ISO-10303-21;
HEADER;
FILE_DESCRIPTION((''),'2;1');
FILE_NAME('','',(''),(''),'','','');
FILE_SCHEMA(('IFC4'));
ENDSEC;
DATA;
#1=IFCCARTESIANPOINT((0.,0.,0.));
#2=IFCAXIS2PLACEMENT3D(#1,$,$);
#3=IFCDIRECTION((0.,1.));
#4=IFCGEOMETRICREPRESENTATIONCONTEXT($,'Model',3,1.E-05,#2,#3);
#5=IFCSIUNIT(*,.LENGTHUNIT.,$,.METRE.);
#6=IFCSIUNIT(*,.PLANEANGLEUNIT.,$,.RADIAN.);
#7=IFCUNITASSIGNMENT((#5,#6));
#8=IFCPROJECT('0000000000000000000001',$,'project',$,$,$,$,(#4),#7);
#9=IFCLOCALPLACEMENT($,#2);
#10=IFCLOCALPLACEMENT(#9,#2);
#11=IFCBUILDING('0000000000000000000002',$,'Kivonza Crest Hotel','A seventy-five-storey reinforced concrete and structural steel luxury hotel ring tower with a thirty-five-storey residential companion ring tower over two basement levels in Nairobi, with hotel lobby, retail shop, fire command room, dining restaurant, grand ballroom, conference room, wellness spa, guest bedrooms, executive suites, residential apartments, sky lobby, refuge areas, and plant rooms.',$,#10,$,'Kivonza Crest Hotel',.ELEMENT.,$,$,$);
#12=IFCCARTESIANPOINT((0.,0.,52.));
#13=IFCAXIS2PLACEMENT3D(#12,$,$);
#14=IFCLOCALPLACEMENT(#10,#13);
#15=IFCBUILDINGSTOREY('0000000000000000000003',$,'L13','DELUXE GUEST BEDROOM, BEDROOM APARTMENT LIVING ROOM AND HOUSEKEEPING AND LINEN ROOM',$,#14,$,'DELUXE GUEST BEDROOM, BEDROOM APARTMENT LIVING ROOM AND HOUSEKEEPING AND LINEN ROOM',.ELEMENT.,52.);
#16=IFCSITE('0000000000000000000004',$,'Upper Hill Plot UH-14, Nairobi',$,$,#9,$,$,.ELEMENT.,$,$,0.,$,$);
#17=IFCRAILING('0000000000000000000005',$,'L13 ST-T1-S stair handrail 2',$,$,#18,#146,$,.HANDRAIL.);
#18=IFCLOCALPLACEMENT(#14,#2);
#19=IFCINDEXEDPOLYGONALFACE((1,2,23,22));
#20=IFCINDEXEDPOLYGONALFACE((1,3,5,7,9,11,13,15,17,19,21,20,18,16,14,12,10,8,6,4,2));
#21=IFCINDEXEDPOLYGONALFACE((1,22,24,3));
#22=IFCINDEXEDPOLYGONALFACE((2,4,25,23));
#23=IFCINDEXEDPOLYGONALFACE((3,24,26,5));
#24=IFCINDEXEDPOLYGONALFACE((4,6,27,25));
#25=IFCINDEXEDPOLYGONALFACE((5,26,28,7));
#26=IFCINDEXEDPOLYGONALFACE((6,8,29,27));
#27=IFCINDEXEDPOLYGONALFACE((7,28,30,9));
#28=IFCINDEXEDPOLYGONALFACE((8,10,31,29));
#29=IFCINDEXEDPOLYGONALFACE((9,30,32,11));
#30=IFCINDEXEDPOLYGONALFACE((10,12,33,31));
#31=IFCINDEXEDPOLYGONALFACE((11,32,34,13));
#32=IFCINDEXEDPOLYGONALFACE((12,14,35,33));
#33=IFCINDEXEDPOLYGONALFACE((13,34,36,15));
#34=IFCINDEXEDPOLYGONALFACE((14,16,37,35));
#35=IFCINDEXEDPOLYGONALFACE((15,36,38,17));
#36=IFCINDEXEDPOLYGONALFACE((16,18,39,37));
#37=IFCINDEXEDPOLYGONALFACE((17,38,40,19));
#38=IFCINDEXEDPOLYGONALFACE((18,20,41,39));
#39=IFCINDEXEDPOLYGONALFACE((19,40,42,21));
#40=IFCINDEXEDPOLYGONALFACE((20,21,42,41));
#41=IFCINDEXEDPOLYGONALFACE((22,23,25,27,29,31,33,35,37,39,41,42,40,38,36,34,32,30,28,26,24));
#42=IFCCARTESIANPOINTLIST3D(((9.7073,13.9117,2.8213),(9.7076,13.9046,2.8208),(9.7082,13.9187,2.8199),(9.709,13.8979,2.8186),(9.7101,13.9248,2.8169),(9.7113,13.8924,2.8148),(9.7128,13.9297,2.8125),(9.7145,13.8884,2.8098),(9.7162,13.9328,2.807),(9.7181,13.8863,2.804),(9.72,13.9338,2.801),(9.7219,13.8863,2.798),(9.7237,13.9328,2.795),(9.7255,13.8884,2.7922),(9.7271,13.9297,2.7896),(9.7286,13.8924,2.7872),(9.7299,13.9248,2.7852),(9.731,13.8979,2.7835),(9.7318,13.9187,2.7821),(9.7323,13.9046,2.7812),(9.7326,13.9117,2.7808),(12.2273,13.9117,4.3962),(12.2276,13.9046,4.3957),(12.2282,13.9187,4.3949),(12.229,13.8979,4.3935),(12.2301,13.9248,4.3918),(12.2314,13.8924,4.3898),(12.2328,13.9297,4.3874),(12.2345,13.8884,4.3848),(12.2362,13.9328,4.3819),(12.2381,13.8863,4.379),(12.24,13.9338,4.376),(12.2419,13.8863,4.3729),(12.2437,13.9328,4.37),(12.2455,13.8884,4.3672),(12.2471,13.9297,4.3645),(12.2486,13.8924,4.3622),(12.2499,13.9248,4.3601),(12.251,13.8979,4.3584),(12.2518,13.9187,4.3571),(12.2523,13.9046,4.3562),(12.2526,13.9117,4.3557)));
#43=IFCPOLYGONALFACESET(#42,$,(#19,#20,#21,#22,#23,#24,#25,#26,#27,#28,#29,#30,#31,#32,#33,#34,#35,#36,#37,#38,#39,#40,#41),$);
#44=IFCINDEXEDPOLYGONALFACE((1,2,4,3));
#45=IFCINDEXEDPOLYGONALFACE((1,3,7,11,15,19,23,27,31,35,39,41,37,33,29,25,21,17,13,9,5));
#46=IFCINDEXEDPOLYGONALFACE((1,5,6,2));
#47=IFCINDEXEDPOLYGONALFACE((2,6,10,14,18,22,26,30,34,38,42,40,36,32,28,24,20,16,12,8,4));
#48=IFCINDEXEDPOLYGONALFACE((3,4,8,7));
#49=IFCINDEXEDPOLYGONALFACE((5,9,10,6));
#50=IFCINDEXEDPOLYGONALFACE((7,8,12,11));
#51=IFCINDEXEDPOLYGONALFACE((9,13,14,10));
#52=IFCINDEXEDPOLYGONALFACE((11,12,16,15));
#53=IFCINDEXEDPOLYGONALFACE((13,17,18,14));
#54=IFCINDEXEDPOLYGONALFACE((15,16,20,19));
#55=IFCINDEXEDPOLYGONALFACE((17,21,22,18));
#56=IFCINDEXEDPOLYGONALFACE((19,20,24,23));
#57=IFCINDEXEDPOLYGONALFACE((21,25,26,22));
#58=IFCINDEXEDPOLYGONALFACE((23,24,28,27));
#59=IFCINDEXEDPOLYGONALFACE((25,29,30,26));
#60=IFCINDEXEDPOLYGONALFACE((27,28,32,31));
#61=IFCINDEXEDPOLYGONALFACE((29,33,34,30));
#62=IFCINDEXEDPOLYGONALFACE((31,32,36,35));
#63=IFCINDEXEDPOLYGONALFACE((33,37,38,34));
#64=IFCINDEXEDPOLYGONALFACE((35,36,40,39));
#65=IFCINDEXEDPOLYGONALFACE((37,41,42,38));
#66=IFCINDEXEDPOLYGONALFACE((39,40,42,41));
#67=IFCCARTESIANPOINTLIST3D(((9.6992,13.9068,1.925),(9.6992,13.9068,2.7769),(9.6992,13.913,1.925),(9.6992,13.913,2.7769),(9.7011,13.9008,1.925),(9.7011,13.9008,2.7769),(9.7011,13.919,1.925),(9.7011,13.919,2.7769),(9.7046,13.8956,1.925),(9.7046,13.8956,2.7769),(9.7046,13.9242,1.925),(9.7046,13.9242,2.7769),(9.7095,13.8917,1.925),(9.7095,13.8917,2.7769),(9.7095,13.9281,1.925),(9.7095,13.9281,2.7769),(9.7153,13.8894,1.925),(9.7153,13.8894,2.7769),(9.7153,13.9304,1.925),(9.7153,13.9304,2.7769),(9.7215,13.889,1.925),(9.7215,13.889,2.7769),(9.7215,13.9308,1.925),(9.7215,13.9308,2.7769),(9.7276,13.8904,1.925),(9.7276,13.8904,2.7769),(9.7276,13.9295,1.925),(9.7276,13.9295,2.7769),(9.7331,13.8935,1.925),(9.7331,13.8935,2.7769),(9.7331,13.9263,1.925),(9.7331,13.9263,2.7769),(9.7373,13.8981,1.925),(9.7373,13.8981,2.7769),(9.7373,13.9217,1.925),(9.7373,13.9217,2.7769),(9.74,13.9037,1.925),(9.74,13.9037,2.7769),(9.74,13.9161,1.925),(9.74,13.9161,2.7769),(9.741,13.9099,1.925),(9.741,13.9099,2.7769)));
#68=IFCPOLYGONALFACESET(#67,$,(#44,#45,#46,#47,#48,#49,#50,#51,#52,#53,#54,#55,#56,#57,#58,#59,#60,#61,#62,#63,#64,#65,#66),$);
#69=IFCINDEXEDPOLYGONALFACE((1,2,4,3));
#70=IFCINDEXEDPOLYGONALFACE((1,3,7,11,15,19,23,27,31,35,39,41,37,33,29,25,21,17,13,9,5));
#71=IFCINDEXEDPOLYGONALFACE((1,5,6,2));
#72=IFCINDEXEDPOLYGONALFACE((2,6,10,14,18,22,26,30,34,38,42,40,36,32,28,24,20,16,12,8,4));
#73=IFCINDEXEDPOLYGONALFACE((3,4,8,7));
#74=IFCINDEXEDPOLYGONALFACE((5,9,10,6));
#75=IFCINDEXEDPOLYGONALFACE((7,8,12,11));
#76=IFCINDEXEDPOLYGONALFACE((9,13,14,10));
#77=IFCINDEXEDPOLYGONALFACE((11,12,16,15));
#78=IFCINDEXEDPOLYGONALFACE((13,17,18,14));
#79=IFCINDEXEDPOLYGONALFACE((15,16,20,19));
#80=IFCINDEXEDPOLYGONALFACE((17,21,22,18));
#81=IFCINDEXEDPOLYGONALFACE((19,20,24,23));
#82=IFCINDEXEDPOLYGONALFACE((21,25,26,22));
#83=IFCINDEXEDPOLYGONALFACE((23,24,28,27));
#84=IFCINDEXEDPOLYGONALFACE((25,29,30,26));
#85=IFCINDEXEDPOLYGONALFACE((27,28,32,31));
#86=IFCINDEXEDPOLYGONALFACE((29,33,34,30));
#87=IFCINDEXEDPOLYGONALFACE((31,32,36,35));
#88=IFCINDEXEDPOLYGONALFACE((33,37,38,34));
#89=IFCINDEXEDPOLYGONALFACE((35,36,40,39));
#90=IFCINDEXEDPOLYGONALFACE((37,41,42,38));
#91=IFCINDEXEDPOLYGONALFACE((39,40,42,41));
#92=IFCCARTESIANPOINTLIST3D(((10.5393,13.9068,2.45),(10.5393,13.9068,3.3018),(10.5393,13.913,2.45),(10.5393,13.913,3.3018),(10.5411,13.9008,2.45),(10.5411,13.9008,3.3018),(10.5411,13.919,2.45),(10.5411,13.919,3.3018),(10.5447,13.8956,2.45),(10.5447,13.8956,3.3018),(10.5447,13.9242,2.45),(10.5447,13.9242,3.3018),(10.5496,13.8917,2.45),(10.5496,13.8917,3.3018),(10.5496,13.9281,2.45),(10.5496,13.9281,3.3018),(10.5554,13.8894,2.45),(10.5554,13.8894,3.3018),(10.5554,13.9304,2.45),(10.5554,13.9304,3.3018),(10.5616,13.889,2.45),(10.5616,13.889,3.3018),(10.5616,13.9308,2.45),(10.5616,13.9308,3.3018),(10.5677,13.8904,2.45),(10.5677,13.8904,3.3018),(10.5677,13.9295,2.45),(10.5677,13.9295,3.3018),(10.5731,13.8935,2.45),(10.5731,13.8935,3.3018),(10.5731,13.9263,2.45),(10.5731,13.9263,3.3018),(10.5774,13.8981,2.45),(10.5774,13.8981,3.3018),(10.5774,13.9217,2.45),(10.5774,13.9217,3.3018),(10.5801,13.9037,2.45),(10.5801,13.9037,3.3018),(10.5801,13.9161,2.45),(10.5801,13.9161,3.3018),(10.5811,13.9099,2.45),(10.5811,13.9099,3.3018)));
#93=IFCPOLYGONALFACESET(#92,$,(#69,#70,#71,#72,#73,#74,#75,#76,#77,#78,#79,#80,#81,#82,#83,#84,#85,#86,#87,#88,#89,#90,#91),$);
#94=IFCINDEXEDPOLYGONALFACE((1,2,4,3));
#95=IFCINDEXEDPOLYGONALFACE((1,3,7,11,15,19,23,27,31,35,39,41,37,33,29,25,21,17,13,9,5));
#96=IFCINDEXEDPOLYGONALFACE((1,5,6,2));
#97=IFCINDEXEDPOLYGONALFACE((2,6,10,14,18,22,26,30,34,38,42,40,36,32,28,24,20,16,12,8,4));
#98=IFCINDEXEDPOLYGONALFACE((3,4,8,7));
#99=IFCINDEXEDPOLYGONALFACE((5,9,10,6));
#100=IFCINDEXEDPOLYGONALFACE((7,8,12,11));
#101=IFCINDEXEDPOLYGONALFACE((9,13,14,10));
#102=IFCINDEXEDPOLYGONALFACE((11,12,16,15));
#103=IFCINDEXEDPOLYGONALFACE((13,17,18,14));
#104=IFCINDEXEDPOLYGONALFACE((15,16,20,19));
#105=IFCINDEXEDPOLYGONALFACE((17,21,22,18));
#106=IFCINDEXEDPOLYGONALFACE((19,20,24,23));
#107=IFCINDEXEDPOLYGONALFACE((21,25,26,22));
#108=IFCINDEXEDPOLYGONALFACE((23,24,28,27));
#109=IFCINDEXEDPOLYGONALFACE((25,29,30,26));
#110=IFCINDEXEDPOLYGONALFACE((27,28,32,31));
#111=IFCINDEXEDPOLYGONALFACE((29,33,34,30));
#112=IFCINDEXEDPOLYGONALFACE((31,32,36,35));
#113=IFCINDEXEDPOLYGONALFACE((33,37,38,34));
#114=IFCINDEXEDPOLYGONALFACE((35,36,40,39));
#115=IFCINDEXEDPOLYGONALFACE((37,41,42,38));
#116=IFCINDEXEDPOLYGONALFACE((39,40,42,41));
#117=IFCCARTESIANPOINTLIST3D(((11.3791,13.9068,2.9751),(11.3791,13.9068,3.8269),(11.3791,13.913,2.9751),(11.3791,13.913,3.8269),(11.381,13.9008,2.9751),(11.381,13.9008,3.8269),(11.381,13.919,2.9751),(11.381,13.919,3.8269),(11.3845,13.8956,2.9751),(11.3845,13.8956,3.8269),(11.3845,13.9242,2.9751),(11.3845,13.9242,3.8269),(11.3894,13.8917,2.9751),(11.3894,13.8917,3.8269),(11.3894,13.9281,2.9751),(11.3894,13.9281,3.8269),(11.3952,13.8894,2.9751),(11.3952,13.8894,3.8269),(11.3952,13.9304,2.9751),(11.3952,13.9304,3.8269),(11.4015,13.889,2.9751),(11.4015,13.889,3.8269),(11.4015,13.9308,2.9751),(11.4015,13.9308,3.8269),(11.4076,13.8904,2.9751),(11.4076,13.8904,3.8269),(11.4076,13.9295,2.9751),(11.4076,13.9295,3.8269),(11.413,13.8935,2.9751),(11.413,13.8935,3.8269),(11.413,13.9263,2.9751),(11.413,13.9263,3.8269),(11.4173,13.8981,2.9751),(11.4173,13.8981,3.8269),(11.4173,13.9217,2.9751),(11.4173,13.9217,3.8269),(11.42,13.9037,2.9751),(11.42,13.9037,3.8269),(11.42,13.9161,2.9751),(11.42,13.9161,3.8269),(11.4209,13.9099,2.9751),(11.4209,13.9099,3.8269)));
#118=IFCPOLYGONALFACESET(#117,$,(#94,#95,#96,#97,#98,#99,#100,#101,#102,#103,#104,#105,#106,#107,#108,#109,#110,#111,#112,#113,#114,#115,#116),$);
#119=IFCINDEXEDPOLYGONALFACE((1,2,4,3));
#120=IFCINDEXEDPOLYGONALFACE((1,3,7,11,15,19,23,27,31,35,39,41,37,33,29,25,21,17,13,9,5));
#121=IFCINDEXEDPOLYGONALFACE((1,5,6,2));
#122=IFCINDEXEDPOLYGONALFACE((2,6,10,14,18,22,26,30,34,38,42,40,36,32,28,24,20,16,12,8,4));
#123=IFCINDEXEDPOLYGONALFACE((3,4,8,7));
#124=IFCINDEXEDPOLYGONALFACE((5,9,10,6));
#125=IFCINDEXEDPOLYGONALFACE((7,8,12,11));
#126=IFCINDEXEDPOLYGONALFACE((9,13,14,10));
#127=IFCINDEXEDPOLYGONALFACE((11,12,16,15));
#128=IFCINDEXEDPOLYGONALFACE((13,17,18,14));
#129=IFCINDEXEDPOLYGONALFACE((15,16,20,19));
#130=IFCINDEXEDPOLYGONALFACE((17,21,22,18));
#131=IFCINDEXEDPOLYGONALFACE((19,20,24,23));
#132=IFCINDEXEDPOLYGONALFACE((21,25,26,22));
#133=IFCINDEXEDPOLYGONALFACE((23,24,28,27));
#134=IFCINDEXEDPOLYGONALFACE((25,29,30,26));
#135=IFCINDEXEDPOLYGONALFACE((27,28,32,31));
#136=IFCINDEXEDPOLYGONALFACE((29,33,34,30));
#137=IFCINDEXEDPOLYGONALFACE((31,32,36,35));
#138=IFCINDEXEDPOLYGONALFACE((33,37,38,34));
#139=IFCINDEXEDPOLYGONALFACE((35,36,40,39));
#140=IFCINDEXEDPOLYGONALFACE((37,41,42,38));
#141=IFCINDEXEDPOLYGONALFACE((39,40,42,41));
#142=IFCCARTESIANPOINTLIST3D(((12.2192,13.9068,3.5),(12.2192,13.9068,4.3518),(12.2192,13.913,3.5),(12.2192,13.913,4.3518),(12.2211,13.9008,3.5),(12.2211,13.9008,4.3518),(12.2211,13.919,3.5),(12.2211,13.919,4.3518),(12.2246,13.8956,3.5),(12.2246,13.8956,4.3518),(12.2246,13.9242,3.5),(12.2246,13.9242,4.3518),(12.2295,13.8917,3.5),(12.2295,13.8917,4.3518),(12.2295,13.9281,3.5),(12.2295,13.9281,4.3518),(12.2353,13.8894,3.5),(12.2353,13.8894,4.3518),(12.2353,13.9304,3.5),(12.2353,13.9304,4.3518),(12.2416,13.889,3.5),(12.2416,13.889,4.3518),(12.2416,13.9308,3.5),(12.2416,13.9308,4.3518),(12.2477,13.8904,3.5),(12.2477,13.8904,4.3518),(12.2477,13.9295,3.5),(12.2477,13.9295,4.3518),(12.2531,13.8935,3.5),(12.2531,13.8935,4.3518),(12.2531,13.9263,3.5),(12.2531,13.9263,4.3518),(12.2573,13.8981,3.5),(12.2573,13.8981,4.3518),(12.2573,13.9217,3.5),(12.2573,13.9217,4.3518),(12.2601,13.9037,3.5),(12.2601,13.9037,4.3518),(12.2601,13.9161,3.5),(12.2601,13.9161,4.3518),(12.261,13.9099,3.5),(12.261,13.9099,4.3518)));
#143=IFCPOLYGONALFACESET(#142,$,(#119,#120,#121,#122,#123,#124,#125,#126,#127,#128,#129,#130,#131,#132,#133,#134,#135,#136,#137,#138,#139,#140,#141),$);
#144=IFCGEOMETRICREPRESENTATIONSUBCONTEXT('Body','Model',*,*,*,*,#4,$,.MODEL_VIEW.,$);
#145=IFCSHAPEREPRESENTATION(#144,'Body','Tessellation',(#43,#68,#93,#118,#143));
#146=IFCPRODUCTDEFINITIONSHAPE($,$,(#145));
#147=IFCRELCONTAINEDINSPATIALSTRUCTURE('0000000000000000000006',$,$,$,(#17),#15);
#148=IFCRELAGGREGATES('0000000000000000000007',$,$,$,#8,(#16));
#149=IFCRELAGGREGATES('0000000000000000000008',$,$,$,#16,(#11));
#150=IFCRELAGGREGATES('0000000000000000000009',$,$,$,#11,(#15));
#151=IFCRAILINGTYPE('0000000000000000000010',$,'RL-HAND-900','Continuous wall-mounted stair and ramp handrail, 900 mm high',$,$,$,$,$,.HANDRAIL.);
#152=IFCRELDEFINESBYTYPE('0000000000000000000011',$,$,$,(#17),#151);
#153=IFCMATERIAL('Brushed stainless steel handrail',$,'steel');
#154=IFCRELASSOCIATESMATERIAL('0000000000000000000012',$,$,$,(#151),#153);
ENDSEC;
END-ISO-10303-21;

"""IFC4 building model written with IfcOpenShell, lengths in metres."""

from ifc_helpers import new_model, si_unit, direction, frame, origin, origin_2d, place, context, subcontext, project, spatial, circle, extrude, material, type_object, element, save


model = new_model("IFC4")

# Units and contexts
model_context = context("Model", 3, precision=1e-05, world=origin(), true_north=direction((0.0, 1.0)))
body_context = subcontext(model_context, "Body", "Model", "MODEL_VIEW")
ifc_project = project(units=[si_unit("LENGTHUNIT", "METRE"), si_unit("PLANEANGLEUNIT", "RADIAN")], contexts=[model_context])

# Site, building, storey
site_placement = place(None, origin())
site = spatial("IfcSite", under=ifc_project, at=site_placement, Name="Upper Hill Plot UH-14, Nairobi", CompositionType="ELEMENT", RefElevation=0.0)
building_placement = place(site_placement, origin())
building = spatial("IfcBuilding", under=site, at=building_placement, Name="Kivonza Crest Hotel", Description="A seventy-five-storey reinforced concrete and structural steel luxury hotel ring tower with a thirty-five-storey residential companion ring tower over two basement levels in Nairobi, with hotel lobby, retail shop, fire command room, dining restaurant, grand ballroom, conference room, wellness spa, guest bedrooms, executive suites, residential apartments, sky lobby, refuge areas, and plant rooms.", LongName="Kivonza Crest Hotel", CompositionType="ELEMENT")
storey_placement = place(building_placement, frame((0.0, 0.0, 52.0)))
storey = spatial("IfcBuildingStorey", under=building, at=storey_placement, Name="L13", Description="DELUXE GUEST BEDROOM, BEDROOM APARTMENT LIVING ROOM AND HOUSEKEEPING AND LINEN ROOM", LongName="DELUXE GUEST BEDROOM, BEDROOM APARTMENT LIVING ROOM AND HOUSEKEEPING AND LINEN ROOM", CompositionType="ELEMENT", Elevation=52.0)

# Railing
ifc_material_1 = material(Name="Brushed stainless steel handrail", Category="steel")
railing_type_1 = type_object("IfcRailingType", Name="RL-HAND-900", Description="Continuous wall-mounted stair and ramp handrail, 900 mm high", PredefinedType="HANDRAIL", material=ifc_material_1)
railing_1_placement = place(storey_placement, frame((9.72, 13.9099, 1.925)))
element("IfcRailing", 1, at=railing_1_placement, inside=storey, type_object=railing_type_1, Name="L13 ST-T1-S stair handrail 2", PredefinedType="HANDRAIL", context=body_context, shape_type="SweptSolid", body=[
    extrude(circle(Radius=0.0239, at=origin_2d()), frame((0.0, 0.0, 0.876), z_axis=(0.848008, 0.0, 0.529984), x_axis=(0.0, 1.0, 0.0)), (0.0, 0.0, 1.0), 2.9717),
    extrude(circle(Radius=0.021, at=origin_2d()), origin(), (0.0, 0.0, 1.0), 0.8518),
    extrude(circle(Radius=0.021, at=origin_2d()), frame((0.8401, 0.0, 0.5249)), (0.0, 0.0, 1.0), 0.8518),
    extrude(circle(Radius=0.021, at=origin_2d()), frame((1.6799, 0.0, 1.05)), (0.0, 0.0, 1.0), 0.8518),
    extrude(circle(Radius=0.021, at=origin_2d()), frame((2.52, 0.0, 1.575)), (0.0, 0.0, 1.0), 0.8518),
])

save(model, "model.ifc")
